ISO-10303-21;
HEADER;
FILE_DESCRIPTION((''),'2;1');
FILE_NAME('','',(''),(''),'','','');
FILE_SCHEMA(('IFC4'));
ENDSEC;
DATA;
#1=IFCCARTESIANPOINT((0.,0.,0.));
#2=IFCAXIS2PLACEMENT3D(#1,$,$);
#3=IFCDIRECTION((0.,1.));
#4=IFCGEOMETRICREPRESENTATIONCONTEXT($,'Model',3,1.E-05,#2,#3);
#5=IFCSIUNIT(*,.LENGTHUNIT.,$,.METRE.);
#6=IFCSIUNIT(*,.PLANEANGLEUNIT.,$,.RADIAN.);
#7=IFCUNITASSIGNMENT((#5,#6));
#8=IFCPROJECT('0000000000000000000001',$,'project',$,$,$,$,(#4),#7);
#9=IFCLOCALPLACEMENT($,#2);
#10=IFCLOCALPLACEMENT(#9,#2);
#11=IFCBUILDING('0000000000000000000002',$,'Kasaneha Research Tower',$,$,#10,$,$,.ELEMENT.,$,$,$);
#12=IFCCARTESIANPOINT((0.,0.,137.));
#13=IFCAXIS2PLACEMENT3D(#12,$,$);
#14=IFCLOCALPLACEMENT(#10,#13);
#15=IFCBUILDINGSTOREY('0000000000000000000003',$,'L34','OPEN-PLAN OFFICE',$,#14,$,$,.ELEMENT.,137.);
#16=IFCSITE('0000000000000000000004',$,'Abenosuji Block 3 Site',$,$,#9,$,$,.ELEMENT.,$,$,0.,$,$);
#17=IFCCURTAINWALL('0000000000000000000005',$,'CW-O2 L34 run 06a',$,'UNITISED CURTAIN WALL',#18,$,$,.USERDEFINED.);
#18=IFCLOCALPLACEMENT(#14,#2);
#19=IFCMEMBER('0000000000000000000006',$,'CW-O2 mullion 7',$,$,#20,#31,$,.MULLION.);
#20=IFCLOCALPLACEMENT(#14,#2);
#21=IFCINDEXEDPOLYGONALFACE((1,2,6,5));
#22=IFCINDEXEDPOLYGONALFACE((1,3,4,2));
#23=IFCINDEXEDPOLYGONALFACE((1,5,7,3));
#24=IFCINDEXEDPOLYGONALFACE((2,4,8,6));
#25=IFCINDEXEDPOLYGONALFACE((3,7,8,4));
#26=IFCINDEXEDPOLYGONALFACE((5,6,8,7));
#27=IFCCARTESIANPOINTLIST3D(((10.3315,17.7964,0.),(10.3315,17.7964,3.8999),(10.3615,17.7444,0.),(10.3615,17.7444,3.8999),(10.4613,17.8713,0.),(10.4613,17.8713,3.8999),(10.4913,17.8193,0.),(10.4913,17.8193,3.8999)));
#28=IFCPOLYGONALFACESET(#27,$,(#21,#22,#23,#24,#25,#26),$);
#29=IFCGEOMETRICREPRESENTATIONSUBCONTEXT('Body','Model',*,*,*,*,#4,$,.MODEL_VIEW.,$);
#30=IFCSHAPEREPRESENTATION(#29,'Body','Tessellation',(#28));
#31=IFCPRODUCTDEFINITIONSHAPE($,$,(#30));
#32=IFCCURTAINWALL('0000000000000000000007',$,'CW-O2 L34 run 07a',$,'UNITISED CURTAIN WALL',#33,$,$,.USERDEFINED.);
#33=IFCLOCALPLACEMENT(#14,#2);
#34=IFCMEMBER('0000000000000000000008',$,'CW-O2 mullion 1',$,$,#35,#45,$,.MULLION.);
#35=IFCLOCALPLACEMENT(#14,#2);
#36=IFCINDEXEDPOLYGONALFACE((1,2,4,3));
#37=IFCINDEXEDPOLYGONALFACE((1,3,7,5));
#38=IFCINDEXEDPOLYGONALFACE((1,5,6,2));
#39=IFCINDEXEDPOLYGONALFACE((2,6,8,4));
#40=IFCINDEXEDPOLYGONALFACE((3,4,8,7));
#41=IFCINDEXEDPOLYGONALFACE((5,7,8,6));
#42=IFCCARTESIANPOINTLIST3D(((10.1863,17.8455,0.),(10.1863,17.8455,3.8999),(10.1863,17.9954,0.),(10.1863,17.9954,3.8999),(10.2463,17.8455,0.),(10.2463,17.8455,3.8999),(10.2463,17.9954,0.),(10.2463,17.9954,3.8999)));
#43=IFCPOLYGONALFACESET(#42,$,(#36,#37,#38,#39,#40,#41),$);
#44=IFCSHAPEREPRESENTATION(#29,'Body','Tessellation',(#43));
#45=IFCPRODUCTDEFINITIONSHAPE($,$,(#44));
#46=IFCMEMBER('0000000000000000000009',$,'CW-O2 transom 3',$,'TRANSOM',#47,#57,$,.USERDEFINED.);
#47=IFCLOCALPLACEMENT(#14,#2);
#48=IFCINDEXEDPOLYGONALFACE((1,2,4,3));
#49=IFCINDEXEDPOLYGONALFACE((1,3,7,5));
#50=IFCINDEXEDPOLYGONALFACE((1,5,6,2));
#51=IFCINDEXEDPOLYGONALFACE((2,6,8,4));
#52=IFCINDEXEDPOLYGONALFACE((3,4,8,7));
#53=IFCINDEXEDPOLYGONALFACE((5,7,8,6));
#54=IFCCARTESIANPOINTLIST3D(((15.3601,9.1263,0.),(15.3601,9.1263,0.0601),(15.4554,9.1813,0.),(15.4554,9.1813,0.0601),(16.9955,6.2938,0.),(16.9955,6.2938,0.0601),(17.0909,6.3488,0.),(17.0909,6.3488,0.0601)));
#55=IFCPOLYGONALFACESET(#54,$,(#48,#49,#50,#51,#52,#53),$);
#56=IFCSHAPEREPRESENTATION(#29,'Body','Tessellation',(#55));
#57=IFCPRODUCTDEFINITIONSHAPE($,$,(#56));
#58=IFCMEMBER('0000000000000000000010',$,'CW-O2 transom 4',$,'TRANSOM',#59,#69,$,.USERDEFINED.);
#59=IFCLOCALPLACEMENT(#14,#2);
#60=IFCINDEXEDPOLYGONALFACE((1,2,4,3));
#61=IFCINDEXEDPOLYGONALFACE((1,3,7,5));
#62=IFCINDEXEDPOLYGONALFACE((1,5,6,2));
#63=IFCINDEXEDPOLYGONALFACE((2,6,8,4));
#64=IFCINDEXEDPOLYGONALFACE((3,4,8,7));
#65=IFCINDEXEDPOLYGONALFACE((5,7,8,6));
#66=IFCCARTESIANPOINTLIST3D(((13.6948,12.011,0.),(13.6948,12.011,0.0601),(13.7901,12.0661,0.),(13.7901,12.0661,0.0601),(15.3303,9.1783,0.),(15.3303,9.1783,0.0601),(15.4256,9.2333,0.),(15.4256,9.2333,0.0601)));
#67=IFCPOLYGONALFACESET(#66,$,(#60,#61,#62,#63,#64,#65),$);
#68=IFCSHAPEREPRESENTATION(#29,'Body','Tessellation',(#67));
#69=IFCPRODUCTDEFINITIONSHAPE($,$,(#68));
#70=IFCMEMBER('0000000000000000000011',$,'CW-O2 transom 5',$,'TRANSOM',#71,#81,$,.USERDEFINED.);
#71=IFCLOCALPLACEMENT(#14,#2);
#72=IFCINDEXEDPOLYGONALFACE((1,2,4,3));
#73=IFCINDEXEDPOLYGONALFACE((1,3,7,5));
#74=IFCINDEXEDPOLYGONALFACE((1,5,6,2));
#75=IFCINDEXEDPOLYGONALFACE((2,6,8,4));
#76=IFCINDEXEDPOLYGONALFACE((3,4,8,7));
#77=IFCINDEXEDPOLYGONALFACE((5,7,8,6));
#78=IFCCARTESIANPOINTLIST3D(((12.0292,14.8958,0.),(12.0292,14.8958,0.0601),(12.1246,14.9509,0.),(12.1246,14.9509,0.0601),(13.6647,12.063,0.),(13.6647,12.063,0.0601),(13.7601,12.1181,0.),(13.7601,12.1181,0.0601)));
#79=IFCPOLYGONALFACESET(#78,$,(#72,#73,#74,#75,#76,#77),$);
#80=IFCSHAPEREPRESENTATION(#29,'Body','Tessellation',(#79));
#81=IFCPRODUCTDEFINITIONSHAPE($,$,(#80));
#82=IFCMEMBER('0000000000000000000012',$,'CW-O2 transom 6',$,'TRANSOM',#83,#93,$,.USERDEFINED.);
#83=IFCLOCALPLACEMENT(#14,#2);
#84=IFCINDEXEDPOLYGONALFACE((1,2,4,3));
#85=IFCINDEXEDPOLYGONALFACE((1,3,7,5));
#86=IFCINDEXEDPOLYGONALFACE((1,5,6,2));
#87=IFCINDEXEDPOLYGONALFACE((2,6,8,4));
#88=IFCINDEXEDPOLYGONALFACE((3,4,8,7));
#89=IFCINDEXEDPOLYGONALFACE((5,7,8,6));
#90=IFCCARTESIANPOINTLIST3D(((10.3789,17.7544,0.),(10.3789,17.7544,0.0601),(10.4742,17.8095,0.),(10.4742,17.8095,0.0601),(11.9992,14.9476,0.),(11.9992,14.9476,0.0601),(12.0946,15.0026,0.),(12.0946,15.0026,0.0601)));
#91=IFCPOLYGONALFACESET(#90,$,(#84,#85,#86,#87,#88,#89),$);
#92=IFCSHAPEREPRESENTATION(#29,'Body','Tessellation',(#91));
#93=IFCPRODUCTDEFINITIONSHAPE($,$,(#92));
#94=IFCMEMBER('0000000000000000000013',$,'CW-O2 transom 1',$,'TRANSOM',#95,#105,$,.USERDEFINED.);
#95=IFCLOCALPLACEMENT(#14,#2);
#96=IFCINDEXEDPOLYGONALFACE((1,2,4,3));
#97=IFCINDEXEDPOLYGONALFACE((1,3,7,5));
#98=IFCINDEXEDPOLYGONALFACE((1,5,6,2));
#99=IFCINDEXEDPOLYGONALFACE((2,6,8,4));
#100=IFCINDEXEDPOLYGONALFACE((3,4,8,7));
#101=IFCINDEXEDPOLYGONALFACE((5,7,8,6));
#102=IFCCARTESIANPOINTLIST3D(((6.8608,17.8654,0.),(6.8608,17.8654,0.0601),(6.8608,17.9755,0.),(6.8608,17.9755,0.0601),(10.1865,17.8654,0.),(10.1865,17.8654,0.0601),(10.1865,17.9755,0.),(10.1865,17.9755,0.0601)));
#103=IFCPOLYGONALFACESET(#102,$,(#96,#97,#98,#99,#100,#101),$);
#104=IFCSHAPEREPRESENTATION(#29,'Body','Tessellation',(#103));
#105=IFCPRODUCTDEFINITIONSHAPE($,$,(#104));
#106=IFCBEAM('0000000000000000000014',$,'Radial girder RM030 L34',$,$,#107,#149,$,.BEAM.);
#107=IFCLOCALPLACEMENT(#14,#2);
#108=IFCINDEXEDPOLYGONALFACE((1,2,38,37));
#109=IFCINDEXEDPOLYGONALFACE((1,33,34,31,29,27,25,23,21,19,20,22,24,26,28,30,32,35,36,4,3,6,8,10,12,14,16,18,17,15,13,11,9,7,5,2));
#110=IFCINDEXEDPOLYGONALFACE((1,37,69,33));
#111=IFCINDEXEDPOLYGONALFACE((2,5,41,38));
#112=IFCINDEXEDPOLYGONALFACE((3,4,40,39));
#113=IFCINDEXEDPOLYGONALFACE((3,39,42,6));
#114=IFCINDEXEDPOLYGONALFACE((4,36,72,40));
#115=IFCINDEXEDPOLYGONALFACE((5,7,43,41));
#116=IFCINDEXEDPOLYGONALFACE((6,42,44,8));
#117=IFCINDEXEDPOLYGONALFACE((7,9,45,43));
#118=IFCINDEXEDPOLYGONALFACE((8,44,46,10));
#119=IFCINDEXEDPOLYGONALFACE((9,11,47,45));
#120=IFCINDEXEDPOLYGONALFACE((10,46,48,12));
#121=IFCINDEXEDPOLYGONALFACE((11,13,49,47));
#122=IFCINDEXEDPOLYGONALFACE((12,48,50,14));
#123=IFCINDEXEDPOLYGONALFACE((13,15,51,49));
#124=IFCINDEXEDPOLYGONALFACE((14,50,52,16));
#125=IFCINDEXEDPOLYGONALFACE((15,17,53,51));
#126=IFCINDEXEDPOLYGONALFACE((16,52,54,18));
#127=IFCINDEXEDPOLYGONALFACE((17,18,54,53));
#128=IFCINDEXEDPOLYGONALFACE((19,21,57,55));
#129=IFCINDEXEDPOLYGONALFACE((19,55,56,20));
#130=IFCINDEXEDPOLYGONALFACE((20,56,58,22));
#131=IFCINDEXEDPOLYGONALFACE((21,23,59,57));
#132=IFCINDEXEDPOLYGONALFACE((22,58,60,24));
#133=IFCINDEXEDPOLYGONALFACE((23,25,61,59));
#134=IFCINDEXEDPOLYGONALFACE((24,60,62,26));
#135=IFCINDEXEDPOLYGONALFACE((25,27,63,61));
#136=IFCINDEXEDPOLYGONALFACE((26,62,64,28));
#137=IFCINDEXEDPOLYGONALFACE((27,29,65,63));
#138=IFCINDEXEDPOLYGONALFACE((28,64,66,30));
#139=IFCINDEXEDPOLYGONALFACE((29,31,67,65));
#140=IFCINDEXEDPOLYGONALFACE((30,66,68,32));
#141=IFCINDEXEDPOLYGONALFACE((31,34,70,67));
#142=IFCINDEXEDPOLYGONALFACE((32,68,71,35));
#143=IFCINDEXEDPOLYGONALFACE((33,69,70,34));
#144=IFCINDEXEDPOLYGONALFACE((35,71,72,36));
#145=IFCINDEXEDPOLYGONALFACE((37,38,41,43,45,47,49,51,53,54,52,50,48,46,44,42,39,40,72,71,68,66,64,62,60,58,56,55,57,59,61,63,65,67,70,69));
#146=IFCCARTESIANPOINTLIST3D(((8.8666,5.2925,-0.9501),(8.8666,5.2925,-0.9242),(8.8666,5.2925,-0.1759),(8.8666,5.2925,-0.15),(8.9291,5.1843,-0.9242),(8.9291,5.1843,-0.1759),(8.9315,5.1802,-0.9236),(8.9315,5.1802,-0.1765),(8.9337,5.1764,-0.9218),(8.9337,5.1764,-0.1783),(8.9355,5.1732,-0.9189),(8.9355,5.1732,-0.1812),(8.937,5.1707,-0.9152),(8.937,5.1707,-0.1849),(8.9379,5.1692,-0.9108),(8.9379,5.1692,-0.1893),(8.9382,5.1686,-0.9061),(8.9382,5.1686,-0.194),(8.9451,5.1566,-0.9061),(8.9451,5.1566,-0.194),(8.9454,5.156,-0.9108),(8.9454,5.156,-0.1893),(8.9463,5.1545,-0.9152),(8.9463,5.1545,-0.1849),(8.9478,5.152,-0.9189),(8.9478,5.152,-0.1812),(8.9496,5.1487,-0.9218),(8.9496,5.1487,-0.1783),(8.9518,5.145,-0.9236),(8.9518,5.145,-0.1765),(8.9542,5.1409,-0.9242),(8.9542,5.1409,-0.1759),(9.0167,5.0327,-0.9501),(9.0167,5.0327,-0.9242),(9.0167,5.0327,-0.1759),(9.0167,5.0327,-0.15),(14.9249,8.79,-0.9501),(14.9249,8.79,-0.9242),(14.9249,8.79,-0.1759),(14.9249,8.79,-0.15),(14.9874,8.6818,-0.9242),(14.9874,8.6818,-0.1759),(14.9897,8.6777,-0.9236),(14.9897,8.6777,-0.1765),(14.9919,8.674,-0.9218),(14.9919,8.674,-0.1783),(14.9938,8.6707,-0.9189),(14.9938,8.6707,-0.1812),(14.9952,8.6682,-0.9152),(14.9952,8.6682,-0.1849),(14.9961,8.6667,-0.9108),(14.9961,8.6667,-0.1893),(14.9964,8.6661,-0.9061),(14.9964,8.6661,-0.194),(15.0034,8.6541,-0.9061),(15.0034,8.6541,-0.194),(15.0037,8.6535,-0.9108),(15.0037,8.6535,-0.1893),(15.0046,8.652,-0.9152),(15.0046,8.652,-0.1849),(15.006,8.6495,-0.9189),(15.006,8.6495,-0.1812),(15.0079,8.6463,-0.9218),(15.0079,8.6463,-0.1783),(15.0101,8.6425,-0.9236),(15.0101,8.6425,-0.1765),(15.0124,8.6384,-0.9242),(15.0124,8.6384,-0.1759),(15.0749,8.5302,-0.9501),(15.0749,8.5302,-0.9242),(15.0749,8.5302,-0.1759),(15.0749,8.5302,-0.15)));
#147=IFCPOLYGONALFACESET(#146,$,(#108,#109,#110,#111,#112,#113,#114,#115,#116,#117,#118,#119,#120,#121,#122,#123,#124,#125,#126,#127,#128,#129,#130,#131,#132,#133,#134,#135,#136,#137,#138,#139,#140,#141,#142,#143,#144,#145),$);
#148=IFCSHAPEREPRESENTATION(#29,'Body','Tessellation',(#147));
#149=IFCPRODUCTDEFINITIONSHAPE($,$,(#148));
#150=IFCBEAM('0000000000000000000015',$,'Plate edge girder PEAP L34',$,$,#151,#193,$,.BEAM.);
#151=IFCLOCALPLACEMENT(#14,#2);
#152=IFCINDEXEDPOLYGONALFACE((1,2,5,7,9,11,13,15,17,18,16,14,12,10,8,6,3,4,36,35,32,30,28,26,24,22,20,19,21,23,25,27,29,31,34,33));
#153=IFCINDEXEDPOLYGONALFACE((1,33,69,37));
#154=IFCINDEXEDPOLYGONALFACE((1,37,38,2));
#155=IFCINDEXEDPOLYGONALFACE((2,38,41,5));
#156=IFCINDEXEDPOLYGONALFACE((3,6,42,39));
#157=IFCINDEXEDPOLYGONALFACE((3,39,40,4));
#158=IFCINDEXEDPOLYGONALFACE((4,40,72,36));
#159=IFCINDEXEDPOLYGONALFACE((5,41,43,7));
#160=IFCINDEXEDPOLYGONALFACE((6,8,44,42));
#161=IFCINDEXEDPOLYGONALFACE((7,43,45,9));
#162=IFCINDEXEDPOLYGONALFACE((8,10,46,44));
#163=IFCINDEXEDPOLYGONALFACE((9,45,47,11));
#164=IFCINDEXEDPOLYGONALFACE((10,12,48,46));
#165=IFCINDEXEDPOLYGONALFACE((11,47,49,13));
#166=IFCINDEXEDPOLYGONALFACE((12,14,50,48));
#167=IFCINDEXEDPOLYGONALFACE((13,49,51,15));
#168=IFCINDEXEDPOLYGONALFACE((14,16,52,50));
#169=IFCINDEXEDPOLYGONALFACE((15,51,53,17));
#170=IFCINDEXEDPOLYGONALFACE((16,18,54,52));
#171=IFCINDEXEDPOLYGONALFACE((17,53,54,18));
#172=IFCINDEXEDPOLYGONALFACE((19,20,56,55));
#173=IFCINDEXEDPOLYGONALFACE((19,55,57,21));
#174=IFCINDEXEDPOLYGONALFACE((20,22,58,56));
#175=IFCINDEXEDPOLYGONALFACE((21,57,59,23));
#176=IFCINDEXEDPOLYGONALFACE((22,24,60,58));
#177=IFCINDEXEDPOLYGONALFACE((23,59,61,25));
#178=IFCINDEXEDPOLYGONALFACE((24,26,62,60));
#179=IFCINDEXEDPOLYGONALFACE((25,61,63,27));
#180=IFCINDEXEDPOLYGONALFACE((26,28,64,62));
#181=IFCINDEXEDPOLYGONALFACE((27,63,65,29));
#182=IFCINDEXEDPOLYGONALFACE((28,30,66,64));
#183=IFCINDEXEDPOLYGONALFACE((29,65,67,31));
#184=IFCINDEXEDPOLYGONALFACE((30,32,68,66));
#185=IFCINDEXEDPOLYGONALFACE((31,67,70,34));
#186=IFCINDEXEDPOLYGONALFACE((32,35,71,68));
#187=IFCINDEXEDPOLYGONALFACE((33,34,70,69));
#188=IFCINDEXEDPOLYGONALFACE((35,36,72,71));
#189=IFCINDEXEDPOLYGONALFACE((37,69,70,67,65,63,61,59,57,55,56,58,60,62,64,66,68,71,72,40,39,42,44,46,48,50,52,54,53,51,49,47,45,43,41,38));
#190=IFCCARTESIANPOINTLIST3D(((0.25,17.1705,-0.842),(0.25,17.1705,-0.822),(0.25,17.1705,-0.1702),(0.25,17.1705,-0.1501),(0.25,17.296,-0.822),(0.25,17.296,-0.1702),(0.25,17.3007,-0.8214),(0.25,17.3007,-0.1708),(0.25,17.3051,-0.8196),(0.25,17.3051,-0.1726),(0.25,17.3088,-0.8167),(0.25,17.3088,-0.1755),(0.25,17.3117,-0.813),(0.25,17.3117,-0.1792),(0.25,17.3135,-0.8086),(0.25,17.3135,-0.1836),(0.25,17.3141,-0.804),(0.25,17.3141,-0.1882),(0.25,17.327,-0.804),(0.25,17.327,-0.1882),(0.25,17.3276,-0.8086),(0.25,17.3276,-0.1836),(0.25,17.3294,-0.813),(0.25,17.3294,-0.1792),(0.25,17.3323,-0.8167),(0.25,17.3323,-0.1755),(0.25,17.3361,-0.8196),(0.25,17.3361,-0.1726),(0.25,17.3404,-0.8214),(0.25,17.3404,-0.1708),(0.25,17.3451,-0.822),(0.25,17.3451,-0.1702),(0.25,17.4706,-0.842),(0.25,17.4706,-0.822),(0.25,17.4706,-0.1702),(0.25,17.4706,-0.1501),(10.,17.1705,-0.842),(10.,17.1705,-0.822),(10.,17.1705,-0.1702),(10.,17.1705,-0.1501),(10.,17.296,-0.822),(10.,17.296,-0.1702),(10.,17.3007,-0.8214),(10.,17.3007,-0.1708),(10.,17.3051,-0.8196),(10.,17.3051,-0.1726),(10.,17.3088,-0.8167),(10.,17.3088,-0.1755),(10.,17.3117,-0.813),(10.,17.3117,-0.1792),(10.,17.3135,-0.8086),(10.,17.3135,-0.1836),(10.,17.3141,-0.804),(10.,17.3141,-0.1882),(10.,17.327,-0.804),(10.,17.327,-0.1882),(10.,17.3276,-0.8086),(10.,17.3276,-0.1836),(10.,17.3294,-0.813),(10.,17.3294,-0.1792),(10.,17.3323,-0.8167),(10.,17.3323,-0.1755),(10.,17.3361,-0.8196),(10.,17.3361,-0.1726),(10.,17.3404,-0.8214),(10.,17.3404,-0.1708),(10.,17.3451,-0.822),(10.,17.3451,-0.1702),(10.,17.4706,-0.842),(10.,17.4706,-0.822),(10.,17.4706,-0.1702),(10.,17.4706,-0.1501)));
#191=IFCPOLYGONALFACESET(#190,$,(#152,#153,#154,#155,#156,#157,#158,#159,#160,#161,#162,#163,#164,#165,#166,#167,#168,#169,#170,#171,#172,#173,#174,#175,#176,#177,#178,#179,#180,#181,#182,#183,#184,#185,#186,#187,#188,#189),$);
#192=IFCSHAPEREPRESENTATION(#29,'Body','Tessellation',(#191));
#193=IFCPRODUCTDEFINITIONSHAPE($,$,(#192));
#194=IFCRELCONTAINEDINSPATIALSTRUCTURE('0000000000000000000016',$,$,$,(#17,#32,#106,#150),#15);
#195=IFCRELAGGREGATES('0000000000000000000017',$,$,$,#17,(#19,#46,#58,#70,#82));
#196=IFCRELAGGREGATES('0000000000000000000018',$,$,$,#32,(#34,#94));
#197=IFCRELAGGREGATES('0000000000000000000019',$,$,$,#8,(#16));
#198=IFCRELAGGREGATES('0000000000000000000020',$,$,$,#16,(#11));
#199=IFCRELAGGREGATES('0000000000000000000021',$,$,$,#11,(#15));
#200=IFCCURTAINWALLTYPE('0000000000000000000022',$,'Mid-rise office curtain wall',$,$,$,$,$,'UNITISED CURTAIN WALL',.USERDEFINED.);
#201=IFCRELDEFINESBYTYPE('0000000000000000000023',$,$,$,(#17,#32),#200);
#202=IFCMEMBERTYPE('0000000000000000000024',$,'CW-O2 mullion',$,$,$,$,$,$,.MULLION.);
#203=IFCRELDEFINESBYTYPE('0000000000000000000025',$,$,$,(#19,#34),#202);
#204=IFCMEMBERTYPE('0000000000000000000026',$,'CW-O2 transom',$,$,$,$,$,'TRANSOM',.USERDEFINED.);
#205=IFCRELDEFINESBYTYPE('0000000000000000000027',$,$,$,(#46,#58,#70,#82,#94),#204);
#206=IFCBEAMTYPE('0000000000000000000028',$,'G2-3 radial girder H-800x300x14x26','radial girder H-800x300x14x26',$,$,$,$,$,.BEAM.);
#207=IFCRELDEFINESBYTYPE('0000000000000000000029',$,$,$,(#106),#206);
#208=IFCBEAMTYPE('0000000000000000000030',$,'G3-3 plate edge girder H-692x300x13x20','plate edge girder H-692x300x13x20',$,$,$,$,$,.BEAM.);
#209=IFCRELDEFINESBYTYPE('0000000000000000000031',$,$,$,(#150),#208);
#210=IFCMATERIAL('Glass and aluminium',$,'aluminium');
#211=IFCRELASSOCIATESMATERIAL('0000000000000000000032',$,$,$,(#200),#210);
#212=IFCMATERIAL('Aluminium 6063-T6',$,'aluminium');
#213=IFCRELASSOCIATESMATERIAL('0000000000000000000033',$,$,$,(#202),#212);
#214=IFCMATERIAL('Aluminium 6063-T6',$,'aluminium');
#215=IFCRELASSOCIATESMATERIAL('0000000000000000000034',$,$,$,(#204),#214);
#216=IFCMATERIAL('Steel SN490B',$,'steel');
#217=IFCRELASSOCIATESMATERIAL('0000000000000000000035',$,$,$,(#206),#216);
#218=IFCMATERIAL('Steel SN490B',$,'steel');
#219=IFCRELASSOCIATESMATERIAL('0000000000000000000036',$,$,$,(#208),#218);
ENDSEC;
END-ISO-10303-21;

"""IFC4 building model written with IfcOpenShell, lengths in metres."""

from ifc_helpers import new_model, si_unit, direction, frame, origin, origin_2d, place, context, subcontext, project, spatial, rectangle, i_section, extrude, material, material_profile, profile_set, type_object, element, aggregate, save


model = new_model("IFC4")

# Units and contexts
model_context = context("Model", 3, precision=1e-05, world=origin(), true_north=direction((0.0, 1.0)))
body_context = subcontext(model_context, "Body", "Model", "MODEL_VIEW")
ifc_project = project(units=[si_unit("LENGTHUNIT", "METRE"), si_unit("PLANEANGLEUNIT", "RADIAN")], contexts=[model_context])

# Site, building, storey
site_placement = place(None, origin())
site = spatial("IfcSite", under=ifc_project, at=site_placement, Name="Abenosuji Block 3 Site", CompositionType="ELEMENT", RefElevation=0.0)
building_placement = place(site_placement, origin())
building = spatial("IfcBuilding", under=site, at=building_placement, Name="Kasaneha Research Tower", CompositionType="ELEMENT")
storey_placement = place(building_placement, frame((0.0, 0.0, 137.0)))
storey = spatial("IfcBuildingStorey", under=building, at=storey_placement, Name="L34", Description="OPEN-PLAN OFFICE", CompositionType="ELEMENT", Elevation=137.0)

# Curtain wall, member
ifc_material_1 = material(Name="Glass and aluminium", Category="aluminium")
curtain_wall_type = type_object("IfcCurtainWallType", Name="Mid-rise office curtain wall", ElementType="UNITISED CURTAIN WALL", PredefinedType="USERDEFINED", material=ifc_material_1)
curtain_wall_1_placement = place(storey_placement, origin())
curtain_wall_1 = element("IfcCurtainWall", 1, at=curtain_wall_1_placement, inside=storey, type_object=curtain_wall_type, Name="CW-O2 L34 run 06a", ObjectType="UNITISED CURTAIN WALL", PredefinedType="USERDEFINED")
ifc_material_2 = material(Name="Aluminium 6063-T6", Category="aluminium")
ifc_material_profile_1 = material_profile(ifc_material_2, rectangle(XDim=0.0601, YDim=0.1499, at=origin_2d()), Name="CW-O2 mullion 60x150")
ifc_profile_set_1 = profile_set([ifc_material_profile_1], Name="Aluminium 6063-T6")
member_type_1 = type_object("IfcMemberType", Name="CW-O2 mullion", PredefinedType="MULLION", material=ifc_profile_set_1)
member_1_placement = place(storey_placement, frame((10.4114, 17.8079, 0.0), z_axis=(0.0, 0.0, 1.0), x_axis=(-0.5, 0.866025, 0.0)))
member_1 = element("IfcMember", 2, at=member_1_placement, type_object=member_type_1, Name="CW-O2 mullion 7", PredefinedType="MULLION", context=body_context, shape_type="SweptSolid", body=[
    extrude(rectangle(XDim=0.0601, YDim=0.1499, at=origin_2d()), origin(), (0.0, 0.0, 1.0), 3.8999),
])

# Curtain wall, member
curtain_wall_2_placement = place(storey_placement, origin())
curtain_wall_2 = element("IfcCurtainWall", 3, at=curtain_wall_2_placement, inside=storey, type_object=curtain_wall_type, Name="CW-O2 L34 run 07a", ObjectType="UNITISED CURTAIN WALL", PredefinedType="USERDEFINED")
member_2_placement = place(storey_placement, frame((10.2163, 17.9204, 0.0), z_axis=(0.0, 0.0, 1.0), x_axis=(-1.0, 0.0, 0.0)))
member_2 = element("IfcMember", 4, at=member_2_placement, type_object=member_type_1, Name="CW-O2 mullion 1", PredefinedType="MULLION", context=body_context, shape_type="SweptSolid", body=[
    extrude(rectangle(XDim=0.0601, YDim=0.1499, at=origin_2d()), origin(), (0.0, 0.0, 1.0), 3.8999),
])

# Members
ifc_material_3 = material(Name="Aluminium 6063-T6", Category="aluminium")
ifc_material_profile_2 = material_profile(ifc_material_3, rectangle(XDim=0.1101, YDim=0.0601, at=origin_2d()), Name="CW-O2 transom 110x60")
ifc_profile_set_2 = profile_set([ifc_material_profile_2], Name="Aluminium 6063-T6")
member_type_2 = type_object("IfcMemberType", Name="CW-O2 transom", ElementType="TRANSOM", PredefinedType="USERDEFINED", material=ifc_profile_set_2)
member_3_placement = place(storey_placement, frame((17.0432, 6.3213, 0.03), z_axis=(-0.500033, 0.866007, 0.0), x_axis=(-0.866007, -0.500033, 0.0)))
member_3 = element("IfcMember", 5, at=member_3_placement, type_object=member_type_2, Name="CW-O2 transom 3", ObjectType="TRANSOM", PredefinedType="USERDEFINED", context=body_context, shape_type="SweptSolid", body=[
    extrude(rectangle(XDim=0.1101, YDim=0.0601, at=origin_2d()), origin(), (0.0, 0.0, 1.0), 3.2708),
])
member_4_placement = place(storey_placement, frame((15.3779, 9.2058, 0.03), z_axis=(-0.5, 0.866025, 0.0), x_axis=(-0.866025, -0.5, 0.0)))
member_4 = element("IfcMember", 6, at=member_4_placement, type_object=member_type_2, Name="CW-O2 transom 4", ObjectType="TRANSOM", PredefinedType="USERDEFINED", context=body_context, shape_type="SweptSolid", body=[
    extrude(rectangle(XDim=0.1101, YDim=0.0601, at=origin_2d()), origin(), (0.0, 0.0, 1.0), 3.271),
])
member_5_placement = place(storey_placement, frame((13.7124, 12.0906, 0.03), z_axis=(-0.5, 0.866025, 0.0), x_axis=(-0.866025, -0.5, 0.0)))
member_5 = element("IfcMember", 7, at=member_5_placement, type_object=member_type_2, Name="CW-O2 transom 5", ObjectType="TRANSOM", PredefinedType="USERDEFINED", context=body_context, shape_type="SweptSolid", body=[
    extrude(rectangle(XDim=0.1101, YDim=0.0601, at=origin_2d()), origin(), (0.0, 0.0, 1.0), 3.271),
])
member_6_placement = place(storey_placement, frame((12.0469, 14.9751, 0.03), z_axis=(-0.499955, 0.866051, 0.0), x_axis=(-0.866051, -0.499955, 0.0)))
member_6 = element("IfcMember", 8, at=member_6_placement, type_object=member_type_2, Name="CW-O2 transom 6", ObjectType="TRANSOM", PredefinedType="USERDEFINED", context=body_context, shape_type="SweptSolid", body=[
    extrude(rectangle(XDim=0.1101, YDim=0.0601, at=origin_2d()), origin(), (0.0, 0.0, 1.0), 3.241),
])
member_7_placement = place(storey_placement, frame((10.1865, 17.9204, 0.03), z_axis=(-1.0, 0.0, 0.0), x_axis=(0.0, -1.0, 0.0)))
member_7 = element("IfcMember", 9, at=member_7_placement, type_object=member_type_2, Name="CW-O2 transom 1", ObjectType="TRANSOM", PredefinedType="USERDEFINED", context=body_context, shape_type="SweptSolid", body=[
    extrude(rectangle(XDim=0.1101, YDim=0.0601, at=origin_2d()), origin(), (0.0, 0.0, 1.0), 3.3257),
])

# Beams
ifc_material_4 = material(Name="Steel SN490B", Category="steel")
ifc_material_profile_3 = material_profile(ifc_material_4, i_section(OverallWidth=0.3, OverallDepth=0.8, WebThickness=0.0139, FlangeThickness=0.0259, FilletRadius=0.0181, at=origin_2d()), Name="H-800x300x14x26")
ifc_profile_set_3 = profile_set([ifc_material_profile_3], Name="Steel SN490B")
beam_type_1 = type_object("IfcBeamType", Name="G2-3 radial girder H-800x300x14x26", Description="radial girder H-800x300x14x26", PredefinedType="BEAM", material=ifc_profile_set_3)
beam_1_placement = place(storey_placement, frame((8.9417, 5.1626, -0.55), z_axis=(0.86604, 0.499975, 0.0), x_axis=(-0.499975, 0.86604, 0.0)))
element("IfcBeam", 10, at=beam_1_placement, inside=storey, type_object=beam_type_1, Name="Radial girder RM030 L34", PredefinedType="BEAM", context=body_context, shape_type="SweptSolid", body=[
    extrude(i_section(OverallWidth=0.3, OverallDepth=0.8, WebThickness=0.0139, FlangeThickness=0.0259, FilletRadius=0.0181, at=origin_2d()), origin(), (0.0, 0.0, 1.0), 6.9954),
])
ifc_material_5 = material(Name="Steel SN490B", Category="steel")
ifc_material_profile_4 = material_profile(ifc_material_5, i_section(OverallWidth=0.3, OverallDepth=0.6919, WebThickness=0.0129, FlangeThickness=0.02, FilletRadius=0.0181, at=origin_2d()), Name="H-692x300x13x20")
ifc_profile_set_4 = profile_set([ifc_material_profile_4], Name="Steel SN490B")
beam_type_2 = type_object("IfcBeamType", Name="G3-3 plate edge girder H-692x300x13x20", Description="plate edge girder H-692x300x13x20", PredefinedType="BEAM", material=ifc_profile_set_4)
beam_2_placement = place(storey_placement, frame((10.0, 17.3206, -0.4961), z_axis=(-1.0, 0.0, 0.0), x_axis=(0.0, -1.0, 0.0)))
element("IfcBeam", 11, at=beam_2_placement, inside=storey, type_object=beam_type_2, Name="Plate edge girder PEAP L34", PredefinedType="BEAM", context=body_context, shape_type="SweptSolid", body=[
    extrude(i_section(OverallWidth=0.3, OverallDepth=0.6919, WebThickness=0.0129, FlangeThickness=0.02, FilletRadius=0.0181, at=origin_2d()), origin(), (0.0, 0.0, 1.0), 9.75),
])

aggregate(curtain_wall_1, [member_1, member_3, member_4, member_5, member_6])
aggregate(curtain_wall_2, [member_2, member_7])

save(model, "model.ifc")
